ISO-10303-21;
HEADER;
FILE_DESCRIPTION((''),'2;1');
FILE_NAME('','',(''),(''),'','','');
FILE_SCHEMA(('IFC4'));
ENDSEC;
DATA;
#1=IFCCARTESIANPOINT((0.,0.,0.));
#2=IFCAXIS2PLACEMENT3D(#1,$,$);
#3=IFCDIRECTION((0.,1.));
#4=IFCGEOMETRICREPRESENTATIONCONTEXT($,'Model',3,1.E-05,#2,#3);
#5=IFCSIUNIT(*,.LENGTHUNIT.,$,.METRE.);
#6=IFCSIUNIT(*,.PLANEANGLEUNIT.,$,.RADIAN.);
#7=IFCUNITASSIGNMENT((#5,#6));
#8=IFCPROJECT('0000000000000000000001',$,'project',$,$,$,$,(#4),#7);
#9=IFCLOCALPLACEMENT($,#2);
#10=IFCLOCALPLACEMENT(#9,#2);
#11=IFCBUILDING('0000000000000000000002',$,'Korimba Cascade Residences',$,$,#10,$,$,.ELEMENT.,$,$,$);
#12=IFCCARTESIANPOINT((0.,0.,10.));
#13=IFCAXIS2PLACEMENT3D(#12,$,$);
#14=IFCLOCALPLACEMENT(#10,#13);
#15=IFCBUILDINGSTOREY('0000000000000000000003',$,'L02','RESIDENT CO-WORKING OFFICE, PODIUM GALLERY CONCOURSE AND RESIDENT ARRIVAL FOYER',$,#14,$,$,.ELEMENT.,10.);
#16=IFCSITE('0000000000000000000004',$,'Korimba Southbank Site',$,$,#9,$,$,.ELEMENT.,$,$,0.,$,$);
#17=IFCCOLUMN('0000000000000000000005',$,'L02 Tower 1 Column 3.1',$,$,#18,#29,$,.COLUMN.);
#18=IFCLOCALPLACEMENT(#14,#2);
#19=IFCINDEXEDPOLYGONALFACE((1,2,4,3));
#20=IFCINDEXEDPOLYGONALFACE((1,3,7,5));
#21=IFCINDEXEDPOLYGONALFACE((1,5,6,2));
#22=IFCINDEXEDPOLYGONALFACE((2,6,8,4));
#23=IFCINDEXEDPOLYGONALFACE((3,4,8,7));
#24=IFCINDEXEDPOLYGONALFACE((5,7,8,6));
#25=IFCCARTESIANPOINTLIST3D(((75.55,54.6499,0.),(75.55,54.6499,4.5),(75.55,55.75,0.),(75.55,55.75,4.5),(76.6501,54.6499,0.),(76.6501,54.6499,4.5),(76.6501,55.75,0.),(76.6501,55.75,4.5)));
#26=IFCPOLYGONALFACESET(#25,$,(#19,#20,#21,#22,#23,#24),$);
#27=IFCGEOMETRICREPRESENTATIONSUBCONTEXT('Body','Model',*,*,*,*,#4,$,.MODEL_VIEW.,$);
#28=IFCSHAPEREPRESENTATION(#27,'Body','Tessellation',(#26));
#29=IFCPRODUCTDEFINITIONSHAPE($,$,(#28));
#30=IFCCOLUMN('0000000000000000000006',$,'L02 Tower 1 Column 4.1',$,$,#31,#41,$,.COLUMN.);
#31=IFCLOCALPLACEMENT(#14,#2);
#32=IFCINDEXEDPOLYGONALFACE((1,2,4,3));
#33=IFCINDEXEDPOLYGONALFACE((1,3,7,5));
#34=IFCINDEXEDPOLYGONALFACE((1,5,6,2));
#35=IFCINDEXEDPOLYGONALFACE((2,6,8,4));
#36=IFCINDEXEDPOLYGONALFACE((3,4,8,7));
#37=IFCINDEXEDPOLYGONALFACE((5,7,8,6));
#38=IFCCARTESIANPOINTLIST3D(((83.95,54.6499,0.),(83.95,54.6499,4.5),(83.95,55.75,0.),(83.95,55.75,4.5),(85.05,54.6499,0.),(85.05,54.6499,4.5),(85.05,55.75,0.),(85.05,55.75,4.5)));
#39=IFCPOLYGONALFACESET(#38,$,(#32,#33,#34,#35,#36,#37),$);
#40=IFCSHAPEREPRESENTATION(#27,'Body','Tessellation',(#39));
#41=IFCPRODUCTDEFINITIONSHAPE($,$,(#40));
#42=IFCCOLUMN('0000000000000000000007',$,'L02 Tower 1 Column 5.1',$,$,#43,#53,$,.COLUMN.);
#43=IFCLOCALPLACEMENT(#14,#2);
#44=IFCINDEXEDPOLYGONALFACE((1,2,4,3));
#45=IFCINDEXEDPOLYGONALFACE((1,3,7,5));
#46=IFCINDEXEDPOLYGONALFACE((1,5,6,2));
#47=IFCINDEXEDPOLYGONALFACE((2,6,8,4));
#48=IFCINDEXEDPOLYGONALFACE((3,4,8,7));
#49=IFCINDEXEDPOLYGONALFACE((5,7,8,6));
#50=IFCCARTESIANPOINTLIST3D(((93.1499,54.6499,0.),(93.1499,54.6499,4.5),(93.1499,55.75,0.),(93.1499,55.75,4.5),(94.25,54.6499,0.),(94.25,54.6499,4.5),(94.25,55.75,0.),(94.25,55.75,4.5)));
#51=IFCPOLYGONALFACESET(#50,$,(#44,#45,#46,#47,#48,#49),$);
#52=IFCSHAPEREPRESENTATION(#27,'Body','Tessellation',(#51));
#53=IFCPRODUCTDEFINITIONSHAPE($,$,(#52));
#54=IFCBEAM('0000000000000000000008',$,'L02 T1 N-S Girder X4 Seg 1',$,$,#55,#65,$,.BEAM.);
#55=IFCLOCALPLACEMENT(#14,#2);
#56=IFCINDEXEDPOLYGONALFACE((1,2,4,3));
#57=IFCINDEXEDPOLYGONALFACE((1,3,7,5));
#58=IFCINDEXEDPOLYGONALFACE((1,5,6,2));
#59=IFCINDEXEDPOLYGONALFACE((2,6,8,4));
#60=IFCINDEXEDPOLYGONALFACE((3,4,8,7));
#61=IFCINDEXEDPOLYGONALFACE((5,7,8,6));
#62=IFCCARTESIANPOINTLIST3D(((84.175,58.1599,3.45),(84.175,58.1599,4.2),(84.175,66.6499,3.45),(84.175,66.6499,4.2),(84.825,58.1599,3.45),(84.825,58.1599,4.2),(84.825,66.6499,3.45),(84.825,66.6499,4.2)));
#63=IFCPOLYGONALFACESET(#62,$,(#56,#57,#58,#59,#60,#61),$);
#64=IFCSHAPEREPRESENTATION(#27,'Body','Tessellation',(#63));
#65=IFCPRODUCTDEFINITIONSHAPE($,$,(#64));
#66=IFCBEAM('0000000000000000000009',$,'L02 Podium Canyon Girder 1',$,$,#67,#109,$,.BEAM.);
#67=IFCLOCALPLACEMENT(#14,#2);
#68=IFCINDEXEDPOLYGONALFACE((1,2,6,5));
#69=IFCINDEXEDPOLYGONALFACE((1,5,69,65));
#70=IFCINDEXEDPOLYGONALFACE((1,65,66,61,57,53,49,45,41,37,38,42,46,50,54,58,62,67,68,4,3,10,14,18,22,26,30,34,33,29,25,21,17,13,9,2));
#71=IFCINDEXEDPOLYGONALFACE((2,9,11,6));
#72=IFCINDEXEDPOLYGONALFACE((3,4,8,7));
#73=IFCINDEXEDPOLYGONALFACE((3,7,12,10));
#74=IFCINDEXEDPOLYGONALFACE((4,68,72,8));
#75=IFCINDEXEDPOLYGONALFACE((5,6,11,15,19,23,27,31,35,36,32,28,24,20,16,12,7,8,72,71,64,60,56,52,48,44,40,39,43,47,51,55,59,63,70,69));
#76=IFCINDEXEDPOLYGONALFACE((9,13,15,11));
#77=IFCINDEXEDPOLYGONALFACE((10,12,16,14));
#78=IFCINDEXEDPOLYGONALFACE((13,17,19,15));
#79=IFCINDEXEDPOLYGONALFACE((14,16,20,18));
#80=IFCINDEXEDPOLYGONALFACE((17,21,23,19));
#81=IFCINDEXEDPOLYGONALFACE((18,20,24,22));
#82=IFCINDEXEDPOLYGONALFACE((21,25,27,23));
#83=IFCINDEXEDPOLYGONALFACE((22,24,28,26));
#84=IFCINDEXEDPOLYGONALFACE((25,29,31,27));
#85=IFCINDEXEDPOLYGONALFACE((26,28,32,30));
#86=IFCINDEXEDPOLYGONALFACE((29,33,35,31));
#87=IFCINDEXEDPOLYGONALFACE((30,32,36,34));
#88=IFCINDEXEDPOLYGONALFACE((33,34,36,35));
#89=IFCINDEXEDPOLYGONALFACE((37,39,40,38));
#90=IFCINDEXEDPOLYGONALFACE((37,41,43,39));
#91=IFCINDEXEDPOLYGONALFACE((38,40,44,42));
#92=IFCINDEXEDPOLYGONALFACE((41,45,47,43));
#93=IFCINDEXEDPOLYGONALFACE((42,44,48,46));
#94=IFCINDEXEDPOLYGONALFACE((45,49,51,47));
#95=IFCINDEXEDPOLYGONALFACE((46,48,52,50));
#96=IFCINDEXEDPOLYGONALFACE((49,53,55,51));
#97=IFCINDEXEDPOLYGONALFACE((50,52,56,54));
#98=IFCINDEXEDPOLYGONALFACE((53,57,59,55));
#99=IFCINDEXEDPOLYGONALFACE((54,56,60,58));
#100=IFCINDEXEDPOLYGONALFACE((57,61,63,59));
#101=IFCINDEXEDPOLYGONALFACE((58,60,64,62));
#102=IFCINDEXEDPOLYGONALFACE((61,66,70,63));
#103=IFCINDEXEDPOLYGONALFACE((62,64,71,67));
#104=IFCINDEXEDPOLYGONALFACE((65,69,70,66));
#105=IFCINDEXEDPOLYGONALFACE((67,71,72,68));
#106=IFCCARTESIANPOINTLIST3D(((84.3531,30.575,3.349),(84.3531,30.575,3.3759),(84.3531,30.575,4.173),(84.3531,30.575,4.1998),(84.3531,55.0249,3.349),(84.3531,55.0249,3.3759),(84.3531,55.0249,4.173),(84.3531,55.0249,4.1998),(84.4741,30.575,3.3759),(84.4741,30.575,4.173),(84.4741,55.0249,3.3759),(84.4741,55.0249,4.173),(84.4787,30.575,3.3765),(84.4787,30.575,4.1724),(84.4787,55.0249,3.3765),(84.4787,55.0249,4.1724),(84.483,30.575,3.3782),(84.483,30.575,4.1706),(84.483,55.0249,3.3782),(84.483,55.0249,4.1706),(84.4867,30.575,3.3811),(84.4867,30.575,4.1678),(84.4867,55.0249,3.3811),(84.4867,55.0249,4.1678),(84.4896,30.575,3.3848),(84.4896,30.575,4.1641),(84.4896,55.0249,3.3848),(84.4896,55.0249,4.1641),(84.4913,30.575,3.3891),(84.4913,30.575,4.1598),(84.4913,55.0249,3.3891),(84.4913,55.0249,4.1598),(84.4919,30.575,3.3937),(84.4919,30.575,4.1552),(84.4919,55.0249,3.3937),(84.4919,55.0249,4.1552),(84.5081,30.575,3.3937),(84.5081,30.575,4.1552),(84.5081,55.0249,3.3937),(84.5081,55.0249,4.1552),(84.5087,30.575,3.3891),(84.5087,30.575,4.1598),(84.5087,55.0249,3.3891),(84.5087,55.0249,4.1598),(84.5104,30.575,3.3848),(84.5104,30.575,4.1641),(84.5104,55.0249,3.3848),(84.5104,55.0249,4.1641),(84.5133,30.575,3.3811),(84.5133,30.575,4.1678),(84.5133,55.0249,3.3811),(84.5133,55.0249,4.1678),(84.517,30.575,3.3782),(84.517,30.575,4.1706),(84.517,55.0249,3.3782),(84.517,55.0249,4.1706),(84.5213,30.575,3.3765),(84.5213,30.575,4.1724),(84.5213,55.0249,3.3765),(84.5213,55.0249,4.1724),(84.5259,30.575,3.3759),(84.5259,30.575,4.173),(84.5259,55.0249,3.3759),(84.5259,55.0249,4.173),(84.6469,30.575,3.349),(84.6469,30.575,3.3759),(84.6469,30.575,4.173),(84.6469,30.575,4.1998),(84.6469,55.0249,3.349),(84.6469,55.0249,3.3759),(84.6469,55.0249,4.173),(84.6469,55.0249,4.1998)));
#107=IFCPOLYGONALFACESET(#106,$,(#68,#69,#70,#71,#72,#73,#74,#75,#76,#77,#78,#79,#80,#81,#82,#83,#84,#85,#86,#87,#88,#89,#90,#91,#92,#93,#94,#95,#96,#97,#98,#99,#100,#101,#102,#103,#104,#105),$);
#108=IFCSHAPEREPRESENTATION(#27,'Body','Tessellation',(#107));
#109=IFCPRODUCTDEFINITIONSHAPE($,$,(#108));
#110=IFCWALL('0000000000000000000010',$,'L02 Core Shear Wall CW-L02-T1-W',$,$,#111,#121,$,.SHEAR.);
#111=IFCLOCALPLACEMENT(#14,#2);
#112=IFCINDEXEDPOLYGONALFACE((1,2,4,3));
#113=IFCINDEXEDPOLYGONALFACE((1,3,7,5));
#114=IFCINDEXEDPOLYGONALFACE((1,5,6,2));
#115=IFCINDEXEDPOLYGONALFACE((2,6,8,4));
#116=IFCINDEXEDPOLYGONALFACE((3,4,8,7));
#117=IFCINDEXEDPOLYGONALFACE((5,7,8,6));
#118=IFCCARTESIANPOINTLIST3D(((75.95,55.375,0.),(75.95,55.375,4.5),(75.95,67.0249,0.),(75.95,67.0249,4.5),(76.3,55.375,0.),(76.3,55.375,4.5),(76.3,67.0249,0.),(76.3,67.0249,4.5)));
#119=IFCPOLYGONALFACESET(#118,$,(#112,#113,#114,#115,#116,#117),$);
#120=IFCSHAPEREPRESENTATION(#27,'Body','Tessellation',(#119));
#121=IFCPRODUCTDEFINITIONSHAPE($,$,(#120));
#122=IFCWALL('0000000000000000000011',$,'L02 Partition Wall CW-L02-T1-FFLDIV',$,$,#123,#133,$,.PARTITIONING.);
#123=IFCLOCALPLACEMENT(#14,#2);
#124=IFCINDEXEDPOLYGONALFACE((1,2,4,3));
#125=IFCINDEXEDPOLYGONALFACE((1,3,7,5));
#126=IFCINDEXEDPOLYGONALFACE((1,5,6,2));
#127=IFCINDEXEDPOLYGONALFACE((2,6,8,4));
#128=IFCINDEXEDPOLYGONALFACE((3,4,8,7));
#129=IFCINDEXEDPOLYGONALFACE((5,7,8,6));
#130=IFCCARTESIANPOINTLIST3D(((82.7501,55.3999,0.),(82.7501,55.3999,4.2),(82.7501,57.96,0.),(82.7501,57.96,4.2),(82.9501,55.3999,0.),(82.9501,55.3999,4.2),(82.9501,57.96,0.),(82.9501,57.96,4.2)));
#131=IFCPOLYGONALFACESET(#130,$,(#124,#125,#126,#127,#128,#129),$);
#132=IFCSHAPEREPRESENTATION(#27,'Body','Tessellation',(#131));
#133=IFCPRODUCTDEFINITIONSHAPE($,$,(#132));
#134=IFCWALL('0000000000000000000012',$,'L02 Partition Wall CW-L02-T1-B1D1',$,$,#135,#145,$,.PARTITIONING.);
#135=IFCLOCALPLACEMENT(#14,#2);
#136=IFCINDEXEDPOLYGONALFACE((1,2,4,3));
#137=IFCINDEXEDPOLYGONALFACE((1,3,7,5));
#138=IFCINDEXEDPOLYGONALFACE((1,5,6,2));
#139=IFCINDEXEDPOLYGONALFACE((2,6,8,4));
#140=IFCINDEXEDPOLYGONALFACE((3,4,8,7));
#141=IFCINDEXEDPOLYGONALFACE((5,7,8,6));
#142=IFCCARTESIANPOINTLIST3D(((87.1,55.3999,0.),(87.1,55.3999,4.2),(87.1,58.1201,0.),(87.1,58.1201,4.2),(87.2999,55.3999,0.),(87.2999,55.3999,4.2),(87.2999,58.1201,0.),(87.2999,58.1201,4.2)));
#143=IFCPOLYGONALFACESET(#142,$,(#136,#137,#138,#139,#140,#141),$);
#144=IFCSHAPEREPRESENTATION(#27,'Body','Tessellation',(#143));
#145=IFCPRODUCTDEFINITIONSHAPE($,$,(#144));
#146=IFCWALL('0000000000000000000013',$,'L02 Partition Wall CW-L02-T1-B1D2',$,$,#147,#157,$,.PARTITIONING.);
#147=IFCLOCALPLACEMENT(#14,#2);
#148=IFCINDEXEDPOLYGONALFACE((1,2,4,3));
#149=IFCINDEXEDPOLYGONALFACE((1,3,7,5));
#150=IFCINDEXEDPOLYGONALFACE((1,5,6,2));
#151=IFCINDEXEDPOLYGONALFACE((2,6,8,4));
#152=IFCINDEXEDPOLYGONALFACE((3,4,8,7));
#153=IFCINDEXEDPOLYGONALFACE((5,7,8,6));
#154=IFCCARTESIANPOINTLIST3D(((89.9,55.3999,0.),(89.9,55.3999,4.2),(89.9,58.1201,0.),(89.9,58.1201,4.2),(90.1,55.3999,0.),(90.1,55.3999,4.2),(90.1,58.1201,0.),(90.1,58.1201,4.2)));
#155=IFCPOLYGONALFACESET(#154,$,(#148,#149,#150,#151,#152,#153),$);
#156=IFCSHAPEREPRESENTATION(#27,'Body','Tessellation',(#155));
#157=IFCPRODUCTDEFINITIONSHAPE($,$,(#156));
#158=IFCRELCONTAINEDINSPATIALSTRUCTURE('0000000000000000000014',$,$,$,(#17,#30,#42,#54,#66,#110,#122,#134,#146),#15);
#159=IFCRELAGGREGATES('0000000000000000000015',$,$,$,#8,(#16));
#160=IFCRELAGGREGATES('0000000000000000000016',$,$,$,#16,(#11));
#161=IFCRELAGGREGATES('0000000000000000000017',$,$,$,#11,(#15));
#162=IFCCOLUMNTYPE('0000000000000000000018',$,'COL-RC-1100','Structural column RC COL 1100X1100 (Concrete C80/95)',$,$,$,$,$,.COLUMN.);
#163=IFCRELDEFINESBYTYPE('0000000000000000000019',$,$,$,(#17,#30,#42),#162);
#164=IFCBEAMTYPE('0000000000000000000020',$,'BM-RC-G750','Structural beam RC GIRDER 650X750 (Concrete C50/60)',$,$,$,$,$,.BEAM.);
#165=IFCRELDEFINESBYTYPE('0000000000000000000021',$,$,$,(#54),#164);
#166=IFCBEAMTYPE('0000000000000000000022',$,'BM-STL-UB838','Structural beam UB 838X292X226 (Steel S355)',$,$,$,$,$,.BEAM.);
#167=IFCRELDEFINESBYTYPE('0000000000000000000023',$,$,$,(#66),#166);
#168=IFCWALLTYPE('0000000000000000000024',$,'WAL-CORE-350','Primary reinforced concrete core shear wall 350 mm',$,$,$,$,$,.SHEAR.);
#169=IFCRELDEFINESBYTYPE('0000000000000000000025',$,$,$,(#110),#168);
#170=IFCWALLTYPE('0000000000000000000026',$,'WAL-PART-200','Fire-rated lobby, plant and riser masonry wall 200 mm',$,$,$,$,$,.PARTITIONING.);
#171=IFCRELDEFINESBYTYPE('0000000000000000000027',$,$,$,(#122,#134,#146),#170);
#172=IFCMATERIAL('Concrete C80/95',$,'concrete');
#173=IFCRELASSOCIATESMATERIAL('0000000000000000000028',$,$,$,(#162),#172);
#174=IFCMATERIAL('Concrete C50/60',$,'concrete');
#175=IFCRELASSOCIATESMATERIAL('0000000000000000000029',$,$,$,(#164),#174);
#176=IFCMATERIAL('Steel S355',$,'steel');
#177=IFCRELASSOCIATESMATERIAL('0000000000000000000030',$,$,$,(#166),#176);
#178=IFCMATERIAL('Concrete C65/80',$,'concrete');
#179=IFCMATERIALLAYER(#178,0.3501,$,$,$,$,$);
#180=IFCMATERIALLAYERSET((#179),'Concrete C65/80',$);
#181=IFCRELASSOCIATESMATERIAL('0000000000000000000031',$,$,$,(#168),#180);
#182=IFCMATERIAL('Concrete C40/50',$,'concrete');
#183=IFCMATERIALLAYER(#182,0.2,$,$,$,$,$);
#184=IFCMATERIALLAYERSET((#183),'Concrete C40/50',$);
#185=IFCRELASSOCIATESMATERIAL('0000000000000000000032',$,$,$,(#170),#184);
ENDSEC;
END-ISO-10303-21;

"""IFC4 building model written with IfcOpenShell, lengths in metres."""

from ifc_helpers import new_model, si_unit, direction, frame, frame_2d, origin, origin_2d, place, context, subcontext, project, spatial, rectangle, i_section, extrude, material, layer, layer_set, material_profile, profile_set, type_object, element, save


model = new_model("IFC4")

# Units and contexts
model_context = context("Model", 3, precision=1e-05, world=origin(), true_north=direction((0.0, 1.0)))
body_context = subcontext(model_context, "Body", "Model", "MODEL_VIEW")
ifc_project = project(units=[si_unit("LENGTHUNIT", "METRE"), si_unit("PLANEANGLEUNIT", "RADIAN")], contexts=[model_context])

# Site, building, storey
site_placement = place(None, origin())
site = spatial("IfcSite", under=ifc_project, at=site_placement, Name="Korimba Southbank Site", CompositionType="ELEMENT", RefElevation=0.0)
building_placement = place(site_placement, origin())
building = spatial("IfcBuilding", under=site, at=building_placement, Name="Korimba Cascade Residences", CompositionType="ELEMENT")
storey_placement = place(building_placement, frame((0.0, 0.0, 10.0)))
storey = spatial("IfcBuildingStorey", under=building, at=storey_placement, Name="L02", Description="RESIDENT CO-WORKING OFFICE, PODIUM GALLERY CONCOURSE AND RESIDENT ARRIVAL FOYER", CompositionType="ELEMENT", Elevation=10.0)

# Columns
ifc_material_1 = material(Name="Concrete C80/95", Category="concrete")
ifc_material_profile_1 = material_profile(ifc_material_1, rectangle(XDim=1.1001, YDim=1.1001, at=origin_2d()), Name="Concrete C80/95")
ifc_profile_set_1 = profile_set([ifc_material_profile_1], Name="Concrete C80/95")
column_type = type_object("IfcColumnType", Name="COL-RC-1100", Description="Structural column RC COL 1100X1100 (Concrete C80/95)", PredefinedType="COLUMN", material=ifc_profile_set_1)
for number, where, z_axis, x_axis, name in (
    (1, (76.1001, 55.2, 0.0), (0.0, 0.0, 1.0), (1.0, 0.0, 0.0), "L02 Tower 1 Column 3.1"),
    (2, (84.5, 55.2, 0.0), (0.0, 0.0, 1.0), (1.0, 0.0, 0.0), "L02 Tower 1 Column 4.1"),
    (3, (93.7, 55.2, 0.0), (0.0, 0.0, 1.0), (1.0, 0.0, 0.0), "L02 Tower 1 Column 5.1"),
):
    element("IfcColumn", number, at=place(storey_placement, frame(where, z_axis=z_axis, x_axis=x_axis)), inside=storey, type_object=column_type, Name=name, PredefinedType="COLUMN", context=body_context, shape_type="SweptSolid", body=[
        extrude(rectangle(XDim=1.1001, YDim=1.1001, at=origin_2d()), origin(), (0.0, 0.0, 1.0), 4.5),
    ])

# Beams
ifc_material_2 = material(Name="Concrete C50/60", Category="concrete")
ifc_material_profile_2 = material_profile(ifc_material_2, rectangle(XDim=0.6499, YDim=0.75, at=origin_2d()), Name="Concrete C50/60")
ifc_profile_set_2 = profile_set([ifc_material_profile_2], Name="Concrete C50/60")
beam_type_1 = type_object("IfcBeamType", Name="BM-RC-G750", Description="Structural beam RC GIRDER 650X750 (Concrete C50/60)", PredefinedType="BEAM", material=ifc_profile_set_2)
beam_1_placement = place(storey_placement, frame((84.5, 58.1599, 3.825), z_axis=(0.0, 1.0, 0.0), x_axis=(-1.0, 0.0, 0.0)))
element("IfcBeam", 4, at=beam_1_placement, inside=storey, type_object=beam_type_1, Name="L02 T1 N-S Girder X4 Seg 1", PredefinedType="BEAM", context=body_context, shape_type="SweptSolid", body=[
    extrude(rectangle(XDim=0.6499, YDim=0.75, at=origin_2d()), origin(), (0.0, 0.0, 1.0), 8.49),
])
ifc_material_3 = material(Name="Steel S355", Category="steel")
ifc_material_profile_3 = material_profile(ifc_material_3, i_section(OverallWidth=0.2937, OverallDepth=0.8508, WebThickness=0.0161, FlangeThickness=0.0269, FilletRadius=0.0178, at=origin_2d()), Name="Steel S355")
ifc_profile_set_3 = profile_set([ifc_material_profile_3], Name="Steel S355")
beam_type_2 = type_object("IfcBeamType", Name="BM-STL-UB838", Description="Structural beam UB 838X292X226 (Steel S355)", PredefinedType="BEAM", material=ifc_profile_set_3)
beam_2_placement = place(storey_placement, frame((84.5, 30.575, 3.7744), z_axis=(0.0, 1.0, 0.0), x_axis=(-1.0, 0.0, 0.0)))
element("IfcBeam", 5, at=beam_2_placement, inside=storey, type_object=beam_type_2, Name="L02 Podium Canyon Girder 1", PredefinedType="BEAM", context=body_context, shape_type="SweptSolid", body=[
    extrude(i_section(OverallWidth=0.2937, OverallDepth=0.8508, WebThickness=0.0161, FlangeThickness=0.0269, FilletRadius=0.0178, at=origin_2d()), origin(), (0.0, 0.0, 1.0), 24.45),
])

# Walls
ifc_material_4 = material(Name="Concrete C65/80", Category="concrete")
ifc_layer_1 = layer(ifc_material_4, 0.3501)
ifc_layer_set_1 = layer_set([ifc_layer_1], Name="Concrete C65/80")
wall_type_1 = type_object("IfcWallType", Name="WAL-CORE-350", Description="Primary reinforced concrete core shear wall 350 mm", PredefinedType="SHEAR", material=ifc_layer_set_1)
wall_1_placement = place(storey_placement, frame((76.125, 55.375, 0.0), z_axis=(0.0, 0.0, 1.0), x_axis=(0.0, 1.0, 0.0)))
element("IfcWall", 6, at=wall_1_placement, inside=storey, type_object=wall_type_1, Name="L02 Core Shear Wall CW-L02-T1-W", PredefinedType="SHEAR", context=body_context, shape_type="SweptSolid", body=[
    extrude(rectangle(XDim=11.6499, YDim=0.3501, at=frame_2d((5.825, 0.0))), origin(), (0.0, 0.0, 1.0), 4.5),
])
ifc_material_5 = material(Name="Concrete C40/50", Category="concrete")
ifc_layer_2 = layer(ifc_material_5, 0.2)
ifc_layer_set_2 = layer_set([ifc_layer_2], Name="Concrete C40/50")
wall_type_2 = type_object("IfcWallType", Name="WAL-PART-200", Description="Fire-rated lobby, plant and riser masonry wall 200 mm", PredefinedType="PARTITIONING", material=ifc_layer_set_2)
wall_2_placement = place(storey_placement, frame((82.8501, 55.3999, 0.0), z_axis=(0.0, 0.0, 1.0), x_axis=(0.0, 1.0, 0.0)))
element("IfcWall", 7, at=wall_2_placement, inside=storey, type_object=wall_type_2, Name="L02 Partition Wall CW-L02-T1-FFLDIV", PredefinedType="PARTITIONING", context=body_context, shape_type="SweptSolid", body=[
    extrude(rectangle(XDim=2.5601, YDim=0.2, at=frame_2d((1.28, 0.0))), origin(), (0.0, 0.0, 1.0), 4.2),
])
for number, where, z_axis, x_axis, name in (
    (8, (87.2, 55.3999, 0.0), (0.0, 0.0, 1.0), (0.0, 1.0, 0.0), "L02 Partition Wall CW-L02-T1-B1D1"),
    (9, (90.0, 55.3999, 0.0), (0.0, 0.0, 1.0), (0.0, 1.0, 0.0), "L02 Partition Wall CW-L02-T1-B1D2"),
):
    element("IfcWall", number, at=place(storey_placement, frame(where, z_axis=z_axis, x_axis=x_axis)), inside=storey, type_object=wall_type_2, Name=name, PredefinedType="PARTITIONING", context=body_context, shape_type="SweptSolid", body=[
        extrude(rectangle(XDim=2.7202, YDim=0.2, at=frame_2d((1.3601, 0.0))), origin(), (0.0, 0.0, 1.0), 4.2),
    ])

save(model, "model.ifc")
